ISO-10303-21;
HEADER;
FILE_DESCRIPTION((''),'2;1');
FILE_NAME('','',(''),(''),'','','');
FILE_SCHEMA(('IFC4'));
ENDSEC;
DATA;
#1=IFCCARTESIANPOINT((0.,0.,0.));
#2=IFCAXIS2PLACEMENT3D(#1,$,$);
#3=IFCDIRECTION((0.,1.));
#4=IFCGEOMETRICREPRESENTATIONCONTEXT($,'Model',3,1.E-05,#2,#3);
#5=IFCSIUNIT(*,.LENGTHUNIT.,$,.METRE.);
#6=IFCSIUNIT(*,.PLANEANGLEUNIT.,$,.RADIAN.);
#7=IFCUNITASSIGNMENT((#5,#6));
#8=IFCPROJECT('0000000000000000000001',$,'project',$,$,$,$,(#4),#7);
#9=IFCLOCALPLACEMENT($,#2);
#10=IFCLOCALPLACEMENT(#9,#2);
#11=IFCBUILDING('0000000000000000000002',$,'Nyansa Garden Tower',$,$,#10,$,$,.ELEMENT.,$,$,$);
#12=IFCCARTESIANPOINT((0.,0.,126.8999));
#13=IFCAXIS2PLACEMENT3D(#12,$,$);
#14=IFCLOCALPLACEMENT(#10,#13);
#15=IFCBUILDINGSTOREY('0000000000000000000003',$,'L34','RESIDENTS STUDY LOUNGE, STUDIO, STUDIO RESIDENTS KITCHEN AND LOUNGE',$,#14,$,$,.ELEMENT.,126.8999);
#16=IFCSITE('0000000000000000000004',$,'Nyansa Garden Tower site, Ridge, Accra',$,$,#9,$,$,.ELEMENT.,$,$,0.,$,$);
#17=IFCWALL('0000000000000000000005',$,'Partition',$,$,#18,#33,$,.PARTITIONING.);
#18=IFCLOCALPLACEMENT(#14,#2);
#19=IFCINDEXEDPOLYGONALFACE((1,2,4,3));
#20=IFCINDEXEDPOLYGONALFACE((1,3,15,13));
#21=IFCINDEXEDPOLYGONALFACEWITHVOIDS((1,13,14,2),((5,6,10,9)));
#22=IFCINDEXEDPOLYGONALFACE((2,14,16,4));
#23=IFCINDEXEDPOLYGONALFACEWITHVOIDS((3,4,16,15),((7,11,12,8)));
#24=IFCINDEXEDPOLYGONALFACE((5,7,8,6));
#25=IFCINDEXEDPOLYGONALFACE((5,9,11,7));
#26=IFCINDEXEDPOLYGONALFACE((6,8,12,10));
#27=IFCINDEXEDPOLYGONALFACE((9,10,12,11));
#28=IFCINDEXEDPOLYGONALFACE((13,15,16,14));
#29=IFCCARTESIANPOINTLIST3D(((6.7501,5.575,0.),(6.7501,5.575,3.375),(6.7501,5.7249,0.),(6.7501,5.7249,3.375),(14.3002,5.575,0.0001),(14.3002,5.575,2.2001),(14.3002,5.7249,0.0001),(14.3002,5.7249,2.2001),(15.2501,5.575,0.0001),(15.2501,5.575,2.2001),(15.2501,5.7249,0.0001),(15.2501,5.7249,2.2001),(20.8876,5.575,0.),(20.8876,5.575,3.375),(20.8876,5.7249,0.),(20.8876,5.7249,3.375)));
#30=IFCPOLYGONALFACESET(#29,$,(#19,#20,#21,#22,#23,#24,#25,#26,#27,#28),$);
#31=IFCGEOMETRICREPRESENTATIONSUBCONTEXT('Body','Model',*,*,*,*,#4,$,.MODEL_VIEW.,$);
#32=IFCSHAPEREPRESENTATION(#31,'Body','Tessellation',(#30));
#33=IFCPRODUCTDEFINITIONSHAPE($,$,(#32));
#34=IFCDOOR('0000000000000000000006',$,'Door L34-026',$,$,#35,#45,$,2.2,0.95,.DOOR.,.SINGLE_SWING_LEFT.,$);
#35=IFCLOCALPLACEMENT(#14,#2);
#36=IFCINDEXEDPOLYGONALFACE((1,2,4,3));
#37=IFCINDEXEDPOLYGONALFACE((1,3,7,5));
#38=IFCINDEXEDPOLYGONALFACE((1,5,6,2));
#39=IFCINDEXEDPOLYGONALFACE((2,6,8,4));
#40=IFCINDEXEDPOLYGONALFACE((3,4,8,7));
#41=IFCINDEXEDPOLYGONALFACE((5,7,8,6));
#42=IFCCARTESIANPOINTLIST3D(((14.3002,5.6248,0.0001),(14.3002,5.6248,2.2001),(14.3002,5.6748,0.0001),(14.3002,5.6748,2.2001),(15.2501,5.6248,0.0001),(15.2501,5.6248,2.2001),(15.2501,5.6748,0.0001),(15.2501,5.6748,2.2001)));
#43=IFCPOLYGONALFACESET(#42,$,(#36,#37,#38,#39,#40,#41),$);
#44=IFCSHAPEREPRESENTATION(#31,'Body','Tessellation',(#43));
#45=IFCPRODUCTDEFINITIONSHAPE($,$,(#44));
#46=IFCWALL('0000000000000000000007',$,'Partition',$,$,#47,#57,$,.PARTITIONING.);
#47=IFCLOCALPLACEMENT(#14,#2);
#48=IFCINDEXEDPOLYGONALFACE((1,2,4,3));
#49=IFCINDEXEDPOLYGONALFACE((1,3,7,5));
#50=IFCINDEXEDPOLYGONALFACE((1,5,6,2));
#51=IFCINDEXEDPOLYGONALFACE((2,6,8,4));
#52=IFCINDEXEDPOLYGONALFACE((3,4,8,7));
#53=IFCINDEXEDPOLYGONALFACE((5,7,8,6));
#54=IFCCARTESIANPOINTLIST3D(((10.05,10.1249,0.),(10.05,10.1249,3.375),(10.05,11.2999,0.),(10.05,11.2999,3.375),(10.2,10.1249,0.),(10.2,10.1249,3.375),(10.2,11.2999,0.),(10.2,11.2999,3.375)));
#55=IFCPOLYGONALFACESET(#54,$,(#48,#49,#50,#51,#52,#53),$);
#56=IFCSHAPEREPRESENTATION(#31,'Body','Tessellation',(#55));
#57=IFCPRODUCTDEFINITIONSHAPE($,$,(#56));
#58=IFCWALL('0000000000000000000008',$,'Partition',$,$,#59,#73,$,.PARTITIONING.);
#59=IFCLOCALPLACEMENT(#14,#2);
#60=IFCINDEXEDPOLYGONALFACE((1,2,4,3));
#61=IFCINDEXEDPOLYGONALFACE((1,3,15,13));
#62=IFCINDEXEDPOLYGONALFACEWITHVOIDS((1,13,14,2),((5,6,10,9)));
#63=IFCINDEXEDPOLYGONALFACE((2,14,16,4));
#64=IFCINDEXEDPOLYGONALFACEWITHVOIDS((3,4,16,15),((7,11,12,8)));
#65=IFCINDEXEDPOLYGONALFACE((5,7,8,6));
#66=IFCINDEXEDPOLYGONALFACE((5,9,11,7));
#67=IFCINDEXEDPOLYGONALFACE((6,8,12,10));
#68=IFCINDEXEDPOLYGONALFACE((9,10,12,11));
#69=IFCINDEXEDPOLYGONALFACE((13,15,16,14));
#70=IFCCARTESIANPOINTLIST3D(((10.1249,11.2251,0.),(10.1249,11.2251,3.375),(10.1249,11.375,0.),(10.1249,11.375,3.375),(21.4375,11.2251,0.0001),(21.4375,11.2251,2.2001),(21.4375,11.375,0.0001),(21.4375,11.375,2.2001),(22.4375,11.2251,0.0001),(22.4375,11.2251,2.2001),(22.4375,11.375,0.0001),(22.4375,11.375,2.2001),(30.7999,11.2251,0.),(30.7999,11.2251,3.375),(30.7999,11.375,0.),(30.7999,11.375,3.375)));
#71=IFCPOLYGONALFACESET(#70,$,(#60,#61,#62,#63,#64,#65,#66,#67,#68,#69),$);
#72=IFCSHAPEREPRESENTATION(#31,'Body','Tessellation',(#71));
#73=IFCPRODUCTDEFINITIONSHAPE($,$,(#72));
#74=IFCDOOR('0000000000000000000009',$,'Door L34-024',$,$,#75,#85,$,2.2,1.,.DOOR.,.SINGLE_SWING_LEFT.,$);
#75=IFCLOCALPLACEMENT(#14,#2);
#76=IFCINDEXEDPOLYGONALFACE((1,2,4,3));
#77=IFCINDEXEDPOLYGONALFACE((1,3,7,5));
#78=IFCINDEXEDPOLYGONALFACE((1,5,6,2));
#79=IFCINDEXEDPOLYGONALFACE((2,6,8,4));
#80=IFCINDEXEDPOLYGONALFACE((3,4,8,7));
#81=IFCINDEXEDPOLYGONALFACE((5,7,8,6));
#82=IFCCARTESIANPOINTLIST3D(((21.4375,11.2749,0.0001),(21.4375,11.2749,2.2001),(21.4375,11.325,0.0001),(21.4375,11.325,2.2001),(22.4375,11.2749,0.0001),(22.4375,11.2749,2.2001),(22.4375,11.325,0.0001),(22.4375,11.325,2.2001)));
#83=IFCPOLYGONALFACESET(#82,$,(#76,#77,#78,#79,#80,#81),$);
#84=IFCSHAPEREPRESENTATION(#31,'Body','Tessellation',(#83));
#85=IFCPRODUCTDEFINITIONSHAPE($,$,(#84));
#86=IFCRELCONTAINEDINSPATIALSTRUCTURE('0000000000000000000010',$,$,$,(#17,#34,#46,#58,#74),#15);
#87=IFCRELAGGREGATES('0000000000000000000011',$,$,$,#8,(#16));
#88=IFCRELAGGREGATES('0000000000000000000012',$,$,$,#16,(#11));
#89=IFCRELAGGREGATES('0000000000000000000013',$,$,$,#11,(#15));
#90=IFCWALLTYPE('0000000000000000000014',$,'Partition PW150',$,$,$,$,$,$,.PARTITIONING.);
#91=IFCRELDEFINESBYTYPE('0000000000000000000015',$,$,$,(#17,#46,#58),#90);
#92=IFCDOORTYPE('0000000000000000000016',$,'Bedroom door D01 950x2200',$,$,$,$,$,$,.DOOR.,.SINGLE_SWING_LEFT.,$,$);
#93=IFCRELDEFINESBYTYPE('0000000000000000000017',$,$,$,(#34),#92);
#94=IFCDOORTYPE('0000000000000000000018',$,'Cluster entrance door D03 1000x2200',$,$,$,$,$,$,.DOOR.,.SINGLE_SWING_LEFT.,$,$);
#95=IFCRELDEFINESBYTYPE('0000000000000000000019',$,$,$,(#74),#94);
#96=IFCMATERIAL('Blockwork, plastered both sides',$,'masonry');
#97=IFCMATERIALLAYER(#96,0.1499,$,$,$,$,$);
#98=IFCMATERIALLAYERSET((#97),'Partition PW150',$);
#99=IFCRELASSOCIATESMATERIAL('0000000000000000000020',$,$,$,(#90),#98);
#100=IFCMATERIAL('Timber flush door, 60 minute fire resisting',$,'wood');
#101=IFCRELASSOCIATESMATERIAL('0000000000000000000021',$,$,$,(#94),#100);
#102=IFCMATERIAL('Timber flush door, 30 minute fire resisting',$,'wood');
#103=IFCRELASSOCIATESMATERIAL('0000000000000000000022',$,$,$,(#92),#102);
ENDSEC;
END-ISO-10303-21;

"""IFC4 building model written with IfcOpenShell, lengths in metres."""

from ifc_helpers import new_model, si_unit, direction, frame, frame_2d, origin, place, context, subcontext, project, spatial, rectangle, extrude, material, layer, layer_set, type_object, element, fill, save


model = new_model("IFC4")

# Units and contexts
model_context = context("Model", 3, precision=1e-05, world=origin(), true_north=direction((0.0, 1.0)))
body_context = subcontext(model_context, "Body", "Model", "MODEL_VIEW")
ifc_project = project(units=[si_unit("LENGTHUNIT", "METRE"), si_unit("PLANEANGLEUNIT", "RADIAN")], contexts=[model_context])

# Site, building, storey
site_placement = place(None, origin())
site = spatial("IfcSite", under=ifc_project, at=site_placement, Name="Nyansa Garden Tower site, Ridge, Accra", CompositionType="ELEMENT", RefElevation=0.0)
building_placement = place(site_placement, origin())
building = spatial("IfcBuilding", under=site, at=building_placement, Name="Nyansa Garden Tower", CompositionType="ELEMENT")
storey_placement = place(building_placement, frame((0.0, 0.0, 126.8999)))
storey = spatial("IfcBuildingStorey", under=building, at=storey_placement, Name="L34", Description="RESIDENTS STUDY LOUNGE, STUDIO, STUDIO RESIDENTS KITCHEN AND LOUNGE", CompositionType="ELEMENT", Elevation=126.8999)

# Shared definitions
ifc_material_1 = material(Name="Blockwork, plastered both sides", Category="masonry")
ifc_layer = layer(ifc_material_1, 0.1499)
ifc_layer_set = layer_set([ifc_layer], Name="Partition PW150")
wall_type = type_object("IfcWallType", Name="Partition PW150", PredefinedType="PARTITIONING", material=ifc_layer_set)

# Shared definitions
ifc_material_2 = material(Name="Timber flush door, 60 minute fire resisting", Category="wood")
door_type_1 = type_object("IfcDoorType", Name="Cluster entrance door D03 1000x2200", OperationType="SINGLE_SWING_LEFT", PredefinedType="DOOR", material=ifc_material_2)

# Wall, opening, door
wall_1_placement = place(storey_placement, frame((6.75, 5.6499, 0.0), z_axis=(0.0, 0.0, 1.0), x_axis=(1.0, 0.0, 0.0)))
wall_1 = element("IfcWall", 1, at=wall_1_placement, inside=storey, type_object=wall_type, Name="Partition", PredefinedType="PARTITIONING", context=body_context, shape_type="SweptSolid", body=[
    extrude(rectangle(XDim=14.1375, YDim=0.1499, at=frame_2d((7.0688, 0.0))), origin(), (0.0, 0.0, 1.0), 3.375),
])
opening_1_placement = place(wall_1_placement, frame((7.55, 0.0, 0.0)))
opening_1 = element("IfcOpeningElement", 2, at=opening_1_placement, cuts=wall_1, PredefinedType="OPENING", context=body_context, shape_type="SweptSolid", body=[
    extrude(rectangle(XDim=0.95, YDim=2.2, at=frame_2d((0.4751, 1.1001))), frame((0.0, 0.085, 0.0), z_axis=(0.0, -1.0, 0.0), x_axis=(1.0, 0.0, 0.0)), (0.0, 0.0, 1.0), 0.1699),
])
ifc_material_3 = material(Name="Timber flush door, 30 minute fire resisting", Category="wood")
door_type_2 = type_object("IfcDoorType", Name="Bedroom door D01 950x2200", OperationType="SINGLE_SWING_LEFT", PredefinedType="DOOR", material=ifc_material_3)
door_1_placement = place(opening_1_placement, origin())
door_1 = element("IfcDoor", 3, at=door_1_placement, inside=storey, type_object=door_type_2, Name="Door L34-026", OperationType="SINGLE_SWING_LEFT", OverallHeight=2.2, OverallWidth=0.95, PredefinedType="DOOR", context=body_context, shape_type="SweptSolid", body=[
    extrude(rectangle(XDim=0.95, YDim=2.2, at=frame_2d((0.4751, 1.1001))), frame((0.0, 0.0249, 0.0), z_axis=(0.0, -1.0, 0.0), x_axis=(1.0, 0.0, 0.0)), (0.0, 0.0, 1.0), 0.05),
])
fill(opening_1, door_1)

# Wall
wall_2_placement = place(storey_placement, frame((10.125, 10.125, 0.0), z_axis=(0.0, 0.0, 1.0), x_axis=(0.0, 1.0, 0.0)))
element("IfcWall", 4, at=wall_2_placement, inside=storey, type_object=wall_type, Name="Partition", PredefinedType="PARTITIONING", context=body_context, shape_type="SweptSolid", body=[
    extrude(rectangle(XDim=1.175, YDim=0.1499, at=frame_2d((0.5874, 0.0))), origin(), (0.0, 0.0, 1.0), 3.375),
])

# Wall, opening, door
wall_3_placement = place(storey_placement, frame((10.125, 11.3, 0.0), z_axis=(0.0, 0.0, 1.0), x_axis=(1.0, 0.0, 0.0)))
wall_3 = element("IfcWall", 5, at=wall_3_placement, inside=storey, type_object=wall_type, Name="Partition", PredefinedType="PARTITIONING", context=body_context, shape_type="SweptSolid", body=[
    extrude(rectangle(XDim=20.675, YDim=0.1499, at=frame_2d((10.3374, 0.0))), origin(), (0.0, 0.0, 1.0), 3.375),
])
opening_2_placement = place(wall_3_placement, frame((11.3125, 0.0, 0.0)))
opening_2 = element("IfcOpeningElement", 6, at=opening_2_placement, cuts=wall_3, PredefinedType="OPENING", context=body_context, shape_type="SweptSolid", body=[
    extrude(rectangle(XDim=1.0, YDim=2.2, at=frame_2d((0.5, 1.1001))), frame((0.0, 0.085, 0.0), z_axis=(0.0, -1.0, 0.0), x_axis=(1.0, 0.0, 0.0)), (0.0, 0.0, 1.0), 0.1699),
])
door_2_placement = place(opening_2_placement, origin())
door_2 = element("IfcDoor", 7, at=door_2_placement, inside=storey, type_object=door_type_1, Name="Door L34-024", OperationType="SINGLE_SWING_LEFT", OverallHeight=2.2, OverallWidth=1.0, PredefinedType="DOOR", context=body_context, shape_type="SweptSolid", body=[
    extrude(rectangle(XDim=1.0, YDim=2.2, at=frame_2d((0.5, 1.1001))), frame((0.0, 0.0249, 0.0), z_axis=(0.0, -1.0, 0.0), x_axis=(1.0, 0.0, 0.0)), (0.0, 0.0, 1.0), 0.05),
])
fill(opening_2, door_2)

save(model, "model.ifc")
